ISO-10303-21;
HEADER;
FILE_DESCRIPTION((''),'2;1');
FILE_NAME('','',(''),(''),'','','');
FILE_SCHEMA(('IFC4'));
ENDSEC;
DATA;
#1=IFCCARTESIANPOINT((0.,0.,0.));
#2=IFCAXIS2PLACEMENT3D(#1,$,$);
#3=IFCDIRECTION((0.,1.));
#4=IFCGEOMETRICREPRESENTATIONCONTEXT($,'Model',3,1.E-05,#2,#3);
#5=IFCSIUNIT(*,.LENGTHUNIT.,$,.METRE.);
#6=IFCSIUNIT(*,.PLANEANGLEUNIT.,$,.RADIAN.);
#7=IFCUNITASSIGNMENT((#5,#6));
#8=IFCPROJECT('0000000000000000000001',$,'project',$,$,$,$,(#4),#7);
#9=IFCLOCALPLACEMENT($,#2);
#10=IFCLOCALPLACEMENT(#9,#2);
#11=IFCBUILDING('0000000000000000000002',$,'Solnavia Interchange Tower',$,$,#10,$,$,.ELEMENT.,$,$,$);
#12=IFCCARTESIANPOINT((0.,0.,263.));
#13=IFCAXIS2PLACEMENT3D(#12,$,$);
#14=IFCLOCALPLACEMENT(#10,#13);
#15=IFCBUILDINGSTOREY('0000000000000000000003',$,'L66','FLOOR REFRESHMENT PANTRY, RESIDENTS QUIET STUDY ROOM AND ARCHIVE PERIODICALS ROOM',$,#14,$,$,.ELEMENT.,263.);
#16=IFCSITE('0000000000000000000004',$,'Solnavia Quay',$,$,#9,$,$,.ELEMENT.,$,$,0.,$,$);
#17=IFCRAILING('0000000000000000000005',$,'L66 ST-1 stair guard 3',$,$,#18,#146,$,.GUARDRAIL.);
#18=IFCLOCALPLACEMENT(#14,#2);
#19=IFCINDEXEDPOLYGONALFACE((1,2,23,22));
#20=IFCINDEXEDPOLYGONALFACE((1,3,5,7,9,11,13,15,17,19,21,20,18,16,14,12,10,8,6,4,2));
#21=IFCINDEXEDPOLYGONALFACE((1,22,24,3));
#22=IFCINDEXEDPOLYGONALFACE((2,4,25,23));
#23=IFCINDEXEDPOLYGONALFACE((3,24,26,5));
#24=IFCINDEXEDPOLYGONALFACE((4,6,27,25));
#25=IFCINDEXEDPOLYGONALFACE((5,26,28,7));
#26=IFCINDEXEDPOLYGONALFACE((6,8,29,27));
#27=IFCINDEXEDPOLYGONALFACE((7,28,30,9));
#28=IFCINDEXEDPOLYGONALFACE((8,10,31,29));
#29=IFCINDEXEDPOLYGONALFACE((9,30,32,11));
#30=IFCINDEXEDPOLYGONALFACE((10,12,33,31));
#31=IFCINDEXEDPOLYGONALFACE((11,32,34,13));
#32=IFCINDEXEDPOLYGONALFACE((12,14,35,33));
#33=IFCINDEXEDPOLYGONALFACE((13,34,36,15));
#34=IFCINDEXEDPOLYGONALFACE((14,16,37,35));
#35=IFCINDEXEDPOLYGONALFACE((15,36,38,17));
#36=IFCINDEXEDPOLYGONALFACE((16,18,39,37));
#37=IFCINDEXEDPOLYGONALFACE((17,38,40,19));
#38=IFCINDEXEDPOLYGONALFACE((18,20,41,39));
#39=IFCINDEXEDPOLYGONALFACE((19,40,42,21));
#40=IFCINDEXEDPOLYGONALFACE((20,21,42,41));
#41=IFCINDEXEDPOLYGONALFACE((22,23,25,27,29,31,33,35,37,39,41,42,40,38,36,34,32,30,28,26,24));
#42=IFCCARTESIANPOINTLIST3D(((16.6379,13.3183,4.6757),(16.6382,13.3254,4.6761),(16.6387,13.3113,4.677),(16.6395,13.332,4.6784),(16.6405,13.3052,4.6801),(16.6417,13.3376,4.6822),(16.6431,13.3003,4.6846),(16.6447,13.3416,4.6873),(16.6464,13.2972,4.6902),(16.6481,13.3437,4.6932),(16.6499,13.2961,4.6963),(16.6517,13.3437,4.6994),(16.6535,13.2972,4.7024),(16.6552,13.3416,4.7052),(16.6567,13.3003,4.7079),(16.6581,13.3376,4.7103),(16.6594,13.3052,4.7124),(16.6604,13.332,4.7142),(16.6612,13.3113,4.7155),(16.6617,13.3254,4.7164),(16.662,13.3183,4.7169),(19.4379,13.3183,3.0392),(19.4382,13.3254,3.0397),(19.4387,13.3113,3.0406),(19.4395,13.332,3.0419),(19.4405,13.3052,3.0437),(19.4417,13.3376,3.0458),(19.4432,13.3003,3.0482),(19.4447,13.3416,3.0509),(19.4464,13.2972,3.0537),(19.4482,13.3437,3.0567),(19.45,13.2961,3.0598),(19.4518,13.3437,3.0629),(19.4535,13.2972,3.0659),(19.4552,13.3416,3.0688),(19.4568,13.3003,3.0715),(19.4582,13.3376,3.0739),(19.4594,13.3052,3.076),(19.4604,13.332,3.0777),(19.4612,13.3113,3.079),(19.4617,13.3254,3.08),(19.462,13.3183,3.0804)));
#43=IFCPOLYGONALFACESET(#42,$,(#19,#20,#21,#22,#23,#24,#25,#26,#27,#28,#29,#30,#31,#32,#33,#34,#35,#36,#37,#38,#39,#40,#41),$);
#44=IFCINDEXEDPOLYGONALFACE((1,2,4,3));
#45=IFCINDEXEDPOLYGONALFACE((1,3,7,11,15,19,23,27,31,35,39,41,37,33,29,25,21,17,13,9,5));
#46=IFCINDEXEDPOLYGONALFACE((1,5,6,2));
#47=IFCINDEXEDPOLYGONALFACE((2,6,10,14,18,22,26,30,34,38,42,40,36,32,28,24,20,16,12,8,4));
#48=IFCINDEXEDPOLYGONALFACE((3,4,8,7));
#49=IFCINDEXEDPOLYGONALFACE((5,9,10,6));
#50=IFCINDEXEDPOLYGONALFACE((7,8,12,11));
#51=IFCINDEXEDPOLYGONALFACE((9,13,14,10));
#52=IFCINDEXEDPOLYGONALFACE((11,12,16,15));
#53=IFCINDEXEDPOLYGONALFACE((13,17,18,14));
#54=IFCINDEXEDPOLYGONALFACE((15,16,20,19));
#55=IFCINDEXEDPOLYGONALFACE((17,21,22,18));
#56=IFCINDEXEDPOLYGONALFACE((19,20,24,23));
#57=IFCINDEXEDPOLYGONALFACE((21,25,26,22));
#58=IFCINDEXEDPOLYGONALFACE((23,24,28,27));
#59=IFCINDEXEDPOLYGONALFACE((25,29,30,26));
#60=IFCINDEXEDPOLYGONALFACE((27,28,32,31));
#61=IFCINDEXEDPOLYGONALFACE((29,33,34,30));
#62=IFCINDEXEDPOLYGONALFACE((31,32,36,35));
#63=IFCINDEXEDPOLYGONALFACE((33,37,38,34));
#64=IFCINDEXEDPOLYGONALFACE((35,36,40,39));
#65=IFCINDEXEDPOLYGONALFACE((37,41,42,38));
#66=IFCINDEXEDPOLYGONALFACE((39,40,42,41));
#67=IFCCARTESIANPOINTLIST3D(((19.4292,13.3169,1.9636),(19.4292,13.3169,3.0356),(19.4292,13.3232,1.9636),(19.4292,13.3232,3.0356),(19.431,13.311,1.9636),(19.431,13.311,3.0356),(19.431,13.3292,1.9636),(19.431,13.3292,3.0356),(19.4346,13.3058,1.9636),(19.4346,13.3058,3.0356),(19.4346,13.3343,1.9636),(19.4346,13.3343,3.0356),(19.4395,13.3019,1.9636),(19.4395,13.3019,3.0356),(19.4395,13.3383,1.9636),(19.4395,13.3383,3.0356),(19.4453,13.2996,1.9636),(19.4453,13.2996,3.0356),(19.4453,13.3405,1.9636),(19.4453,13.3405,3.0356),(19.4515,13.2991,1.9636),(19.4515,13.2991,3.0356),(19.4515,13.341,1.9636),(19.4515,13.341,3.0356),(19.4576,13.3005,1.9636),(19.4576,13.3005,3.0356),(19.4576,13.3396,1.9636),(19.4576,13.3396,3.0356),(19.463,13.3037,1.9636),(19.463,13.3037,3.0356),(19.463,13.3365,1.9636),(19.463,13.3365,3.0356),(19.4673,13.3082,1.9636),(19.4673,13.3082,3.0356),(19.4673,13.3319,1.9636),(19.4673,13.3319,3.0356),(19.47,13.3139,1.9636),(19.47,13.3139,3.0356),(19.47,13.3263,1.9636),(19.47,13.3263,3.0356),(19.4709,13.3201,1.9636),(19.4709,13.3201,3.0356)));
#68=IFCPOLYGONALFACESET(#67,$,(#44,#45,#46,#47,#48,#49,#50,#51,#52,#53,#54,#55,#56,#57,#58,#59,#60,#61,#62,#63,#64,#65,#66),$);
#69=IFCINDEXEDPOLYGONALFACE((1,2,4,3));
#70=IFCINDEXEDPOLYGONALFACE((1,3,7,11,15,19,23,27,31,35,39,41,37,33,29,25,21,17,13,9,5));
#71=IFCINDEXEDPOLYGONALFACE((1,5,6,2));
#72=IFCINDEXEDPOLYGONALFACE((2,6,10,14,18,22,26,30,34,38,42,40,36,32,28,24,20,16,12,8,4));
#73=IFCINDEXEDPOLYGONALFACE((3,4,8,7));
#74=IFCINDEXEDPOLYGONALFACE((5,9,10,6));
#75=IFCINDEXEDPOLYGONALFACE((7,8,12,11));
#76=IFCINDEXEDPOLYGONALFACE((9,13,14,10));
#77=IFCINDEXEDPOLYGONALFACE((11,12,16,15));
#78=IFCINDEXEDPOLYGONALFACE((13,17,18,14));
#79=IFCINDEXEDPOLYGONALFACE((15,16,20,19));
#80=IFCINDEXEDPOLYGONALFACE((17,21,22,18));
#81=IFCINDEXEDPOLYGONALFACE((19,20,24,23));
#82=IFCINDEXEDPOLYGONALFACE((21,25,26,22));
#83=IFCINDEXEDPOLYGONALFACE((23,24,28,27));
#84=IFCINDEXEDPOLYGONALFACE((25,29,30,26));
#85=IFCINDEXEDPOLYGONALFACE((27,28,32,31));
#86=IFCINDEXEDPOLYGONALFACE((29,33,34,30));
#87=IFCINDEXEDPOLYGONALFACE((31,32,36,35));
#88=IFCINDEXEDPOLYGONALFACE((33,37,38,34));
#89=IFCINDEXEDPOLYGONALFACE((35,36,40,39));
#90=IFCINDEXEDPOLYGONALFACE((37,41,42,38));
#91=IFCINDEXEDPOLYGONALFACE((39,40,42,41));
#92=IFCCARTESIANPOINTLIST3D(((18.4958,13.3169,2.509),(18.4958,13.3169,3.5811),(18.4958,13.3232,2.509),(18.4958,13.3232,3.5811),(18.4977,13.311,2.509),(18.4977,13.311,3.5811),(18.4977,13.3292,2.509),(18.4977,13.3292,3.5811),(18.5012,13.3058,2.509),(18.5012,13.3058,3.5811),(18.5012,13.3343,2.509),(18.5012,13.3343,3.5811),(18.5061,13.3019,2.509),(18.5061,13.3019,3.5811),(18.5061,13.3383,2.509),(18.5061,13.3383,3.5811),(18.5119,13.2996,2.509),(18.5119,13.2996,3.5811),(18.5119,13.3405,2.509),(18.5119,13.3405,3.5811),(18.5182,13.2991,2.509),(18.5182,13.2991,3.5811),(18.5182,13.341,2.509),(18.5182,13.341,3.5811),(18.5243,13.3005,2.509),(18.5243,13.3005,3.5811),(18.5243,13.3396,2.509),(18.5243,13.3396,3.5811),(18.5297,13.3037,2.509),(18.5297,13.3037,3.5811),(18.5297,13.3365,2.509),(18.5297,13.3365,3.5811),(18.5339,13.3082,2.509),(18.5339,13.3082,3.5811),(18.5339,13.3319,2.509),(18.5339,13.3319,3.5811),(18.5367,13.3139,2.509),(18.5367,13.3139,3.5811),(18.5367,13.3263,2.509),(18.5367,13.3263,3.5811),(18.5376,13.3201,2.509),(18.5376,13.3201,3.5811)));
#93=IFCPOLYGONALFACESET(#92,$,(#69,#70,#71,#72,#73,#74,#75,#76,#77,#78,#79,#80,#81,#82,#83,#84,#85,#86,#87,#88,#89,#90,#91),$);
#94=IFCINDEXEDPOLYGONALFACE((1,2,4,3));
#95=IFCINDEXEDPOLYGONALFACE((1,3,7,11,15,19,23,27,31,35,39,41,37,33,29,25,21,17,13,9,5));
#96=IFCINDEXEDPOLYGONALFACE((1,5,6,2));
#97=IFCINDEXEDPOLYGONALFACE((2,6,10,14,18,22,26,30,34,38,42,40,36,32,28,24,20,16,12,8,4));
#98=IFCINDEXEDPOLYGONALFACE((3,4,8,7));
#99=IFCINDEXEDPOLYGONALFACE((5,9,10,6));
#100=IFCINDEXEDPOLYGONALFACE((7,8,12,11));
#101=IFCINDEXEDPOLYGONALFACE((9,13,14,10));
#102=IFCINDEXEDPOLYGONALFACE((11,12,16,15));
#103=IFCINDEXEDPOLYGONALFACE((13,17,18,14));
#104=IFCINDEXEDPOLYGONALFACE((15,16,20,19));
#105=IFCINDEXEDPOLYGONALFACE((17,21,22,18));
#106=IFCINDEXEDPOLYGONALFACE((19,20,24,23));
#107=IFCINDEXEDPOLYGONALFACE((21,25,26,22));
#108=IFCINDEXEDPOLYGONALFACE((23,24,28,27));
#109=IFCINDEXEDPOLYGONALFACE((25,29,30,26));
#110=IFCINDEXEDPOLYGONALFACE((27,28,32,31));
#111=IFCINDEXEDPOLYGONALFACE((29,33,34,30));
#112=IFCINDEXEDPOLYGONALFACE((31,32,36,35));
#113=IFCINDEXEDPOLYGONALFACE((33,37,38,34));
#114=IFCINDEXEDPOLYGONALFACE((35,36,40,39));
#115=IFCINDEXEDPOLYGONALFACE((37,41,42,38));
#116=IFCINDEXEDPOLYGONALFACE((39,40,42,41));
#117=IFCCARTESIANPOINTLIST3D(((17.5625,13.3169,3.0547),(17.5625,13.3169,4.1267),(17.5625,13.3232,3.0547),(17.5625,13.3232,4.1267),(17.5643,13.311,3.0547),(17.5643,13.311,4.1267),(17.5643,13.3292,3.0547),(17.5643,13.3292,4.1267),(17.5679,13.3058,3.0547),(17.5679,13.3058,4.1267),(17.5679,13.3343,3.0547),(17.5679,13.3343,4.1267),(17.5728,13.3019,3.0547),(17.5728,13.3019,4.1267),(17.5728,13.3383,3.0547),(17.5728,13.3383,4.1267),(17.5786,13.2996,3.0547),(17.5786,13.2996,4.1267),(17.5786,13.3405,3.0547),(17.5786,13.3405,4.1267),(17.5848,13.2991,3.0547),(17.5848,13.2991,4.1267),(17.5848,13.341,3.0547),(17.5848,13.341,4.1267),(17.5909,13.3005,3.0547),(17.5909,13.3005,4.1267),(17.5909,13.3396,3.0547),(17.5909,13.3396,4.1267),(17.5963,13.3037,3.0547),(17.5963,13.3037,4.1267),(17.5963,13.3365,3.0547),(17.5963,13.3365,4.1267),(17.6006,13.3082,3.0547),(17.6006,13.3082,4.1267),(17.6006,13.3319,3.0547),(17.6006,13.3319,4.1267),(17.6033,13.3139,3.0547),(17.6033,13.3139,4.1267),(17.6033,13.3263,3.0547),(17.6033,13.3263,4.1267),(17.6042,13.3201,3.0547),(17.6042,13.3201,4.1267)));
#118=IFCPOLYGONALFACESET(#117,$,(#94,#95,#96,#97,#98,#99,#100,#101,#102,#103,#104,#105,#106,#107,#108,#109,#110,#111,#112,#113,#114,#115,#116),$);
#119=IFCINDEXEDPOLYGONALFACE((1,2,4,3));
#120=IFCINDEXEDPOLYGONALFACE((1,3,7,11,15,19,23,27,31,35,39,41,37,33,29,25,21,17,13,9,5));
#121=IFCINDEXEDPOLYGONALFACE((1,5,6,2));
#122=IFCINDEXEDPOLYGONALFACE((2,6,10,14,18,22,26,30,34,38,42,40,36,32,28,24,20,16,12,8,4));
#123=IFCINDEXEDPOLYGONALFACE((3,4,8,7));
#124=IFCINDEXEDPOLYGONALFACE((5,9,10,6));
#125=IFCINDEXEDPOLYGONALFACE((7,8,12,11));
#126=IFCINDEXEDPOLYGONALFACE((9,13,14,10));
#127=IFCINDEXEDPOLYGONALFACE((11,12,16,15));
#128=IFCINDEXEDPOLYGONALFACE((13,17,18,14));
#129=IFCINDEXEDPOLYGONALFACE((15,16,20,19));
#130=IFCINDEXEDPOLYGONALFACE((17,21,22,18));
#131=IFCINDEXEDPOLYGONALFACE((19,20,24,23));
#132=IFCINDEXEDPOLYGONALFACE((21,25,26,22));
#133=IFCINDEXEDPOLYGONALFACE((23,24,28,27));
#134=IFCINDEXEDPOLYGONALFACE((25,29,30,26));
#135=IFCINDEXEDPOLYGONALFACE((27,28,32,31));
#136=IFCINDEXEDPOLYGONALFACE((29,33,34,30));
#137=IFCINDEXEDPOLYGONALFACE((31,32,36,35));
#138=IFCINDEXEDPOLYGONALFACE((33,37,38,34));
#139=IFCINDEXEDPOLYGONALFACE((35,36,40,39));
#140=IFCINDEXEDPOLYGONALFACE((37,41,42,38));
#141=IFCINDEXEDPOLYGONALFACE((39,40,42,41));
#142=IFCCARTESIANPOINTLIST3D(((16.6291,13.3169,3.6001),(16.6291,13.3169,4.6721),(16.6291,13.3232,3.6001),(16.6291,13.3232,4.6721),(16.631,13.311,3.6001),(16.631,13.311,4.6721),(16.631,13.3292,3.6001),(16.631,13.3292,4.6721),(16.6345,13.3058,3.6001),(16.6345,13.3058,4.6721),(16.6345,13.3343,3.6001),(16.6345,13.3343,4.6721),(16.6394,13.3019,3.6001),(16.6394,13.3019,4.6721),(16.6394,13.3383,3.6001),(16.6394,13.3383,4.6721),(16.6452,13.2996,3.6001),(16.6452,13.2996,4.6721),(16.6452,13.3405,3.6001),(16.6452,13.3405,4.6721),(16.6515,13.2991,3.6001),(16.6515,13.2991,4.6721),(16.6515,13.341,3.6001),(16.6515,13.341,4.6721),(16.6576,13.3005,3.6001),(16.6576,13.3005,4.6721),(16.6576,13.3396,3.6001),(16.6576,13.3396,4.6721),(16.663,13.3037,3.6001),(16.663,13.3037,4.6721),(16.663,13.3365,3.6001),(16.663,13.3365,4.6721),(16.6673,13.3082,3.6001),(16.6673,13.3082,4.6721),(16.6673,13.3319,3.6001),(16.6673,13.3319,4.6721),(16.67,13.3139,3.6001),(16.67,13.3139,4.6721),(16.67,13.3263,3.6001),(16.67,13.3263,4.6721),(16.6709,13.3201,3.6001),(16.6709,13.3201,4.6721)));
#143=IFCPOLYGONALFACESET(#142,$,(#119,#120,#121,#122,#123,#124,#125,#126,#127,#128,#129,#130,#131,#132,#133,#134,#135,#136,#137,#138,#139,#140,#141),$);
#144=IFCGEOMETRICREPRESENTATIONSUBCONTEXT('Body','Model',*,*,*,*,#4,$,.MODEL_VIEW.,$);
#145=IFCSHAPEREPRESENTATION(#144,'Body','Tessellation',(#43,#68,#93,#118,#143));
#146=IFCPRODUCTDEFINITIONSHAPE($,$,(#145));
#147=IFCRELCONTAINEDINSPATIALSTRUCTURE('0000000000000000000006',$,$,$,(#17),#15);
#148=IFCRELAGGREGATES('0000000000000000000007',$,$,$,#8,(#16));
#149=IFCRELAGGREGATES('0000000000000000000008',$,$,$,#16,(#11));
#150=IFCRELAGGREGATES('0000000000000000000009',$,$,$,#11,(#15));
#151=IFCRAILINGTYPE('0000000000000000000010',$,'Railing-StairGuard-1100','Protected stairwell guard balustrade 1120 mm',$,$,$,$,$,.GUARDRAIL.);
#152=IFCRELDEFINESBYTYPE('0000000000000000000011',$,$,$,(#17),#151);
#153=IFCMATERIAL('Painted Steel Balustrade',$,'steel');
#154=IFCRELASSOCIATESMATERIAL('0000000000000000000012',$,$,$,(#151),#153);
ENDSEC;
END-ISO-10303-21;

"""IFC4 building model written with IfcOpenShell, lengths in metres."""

from ifc_helpers import new_model, si_unit, direction, frame, origin, origin_2d, place, context, subcontext, project, spatial, circle, extrude, material, type_object, element, save


model = new_model("IFC4")

# Units and contexts
model_context = context("Model", 3, precision=1e-05, world=origin(), true_north=direction((0.0, 1.0)))
body_context = subcontext(model_context, "Body", "Model", "MODEL_VIEW")
ifc_project = project(units=[si_unit("LENGTHUNIT", "METRE"), si_unit("PLANEANGLEUNIT", "RADIAN")], contexts=[model_context])

# Site, building, storey
site_placement = place(None, origin())
site = spatial("IfcSite", under=ifc_project, at=site_placement, Name="Solnavia Quay", CompositionType="ELEMENT", RefElevation=0.0)
building_placement = place(site_placement, origin())
building = spatial("IfcBuilding", under=site, at=building_placement, Name="Solnavia Interchange Tower", CompositionType="ELEMENT")
storey_placement = place(building_placement, frame((0.0, 0.0, 263.0)))
storey = spatial("IfcBuildingStorey", under=building, at=storey_placement, Name="L66", Description="FLOOR REFRESHMENT PANTRY, RESIDENTS QUIET STUDY ROOM AND ARCHIVE PERIODICALS ROOM", CompositionType="ELEMENT", Elevation=263.0)

# Railing
ifc_material_1 = material(Name="Painted Steel Balustrade", Category="steel")
railing_type_1 = type_object("IfcRailingType", Name="Railing-StairGuard-1100", Description="Protected stairwell guard balustrade 1120 mm", PredefinedType="GUARDRAIL", material=ifc_material_1)
railing_1_placement = place(storey_placement, frame((19.45, 13.3201, 1.9636)))
element("IfcRailing", 1, at=railing_1_placement, inside=storey, type_object=railing_type_1, Name="L66 ST-1 stair guard 3", PredefinedType="GUARDRAIL", context=body_context, shape_type="SweptSolid", body=[
    extrude(circle(Radius=0.0239, at=origin_2d()), frame((0.0, 0.0, 1.0962), z_axis=(-0.863361, 0.0, 0.504587), x_axis=(0.0, -1.0, 0.0)), (0.0, 0.0, 1.0), 3.2432),
    extrude(circle(Radius=0.021, at=origin_2d()), origin(), (0.0, 0.0, 1.0), 1.072),
    extrude(circle(Radius=0.021, at=origin_2d()), frame((-0.9333, 0.0, 0.5454)), (0.0, 0.0, 1.0), 1.072),
    extrude(circle(Radius=0.021, at=origin_2d()), frame((-1.8667, 0.0, 1.0911)), (0.0, 0.0, 1.0), 1.072),
    extrude(circle(Radius=0.021, at=origin_2d()), frame((-2.8, 0.0, 1.6365)), (0.0, 0.0, 1.0), 1.072),
])

save(model, "model.ifc")
